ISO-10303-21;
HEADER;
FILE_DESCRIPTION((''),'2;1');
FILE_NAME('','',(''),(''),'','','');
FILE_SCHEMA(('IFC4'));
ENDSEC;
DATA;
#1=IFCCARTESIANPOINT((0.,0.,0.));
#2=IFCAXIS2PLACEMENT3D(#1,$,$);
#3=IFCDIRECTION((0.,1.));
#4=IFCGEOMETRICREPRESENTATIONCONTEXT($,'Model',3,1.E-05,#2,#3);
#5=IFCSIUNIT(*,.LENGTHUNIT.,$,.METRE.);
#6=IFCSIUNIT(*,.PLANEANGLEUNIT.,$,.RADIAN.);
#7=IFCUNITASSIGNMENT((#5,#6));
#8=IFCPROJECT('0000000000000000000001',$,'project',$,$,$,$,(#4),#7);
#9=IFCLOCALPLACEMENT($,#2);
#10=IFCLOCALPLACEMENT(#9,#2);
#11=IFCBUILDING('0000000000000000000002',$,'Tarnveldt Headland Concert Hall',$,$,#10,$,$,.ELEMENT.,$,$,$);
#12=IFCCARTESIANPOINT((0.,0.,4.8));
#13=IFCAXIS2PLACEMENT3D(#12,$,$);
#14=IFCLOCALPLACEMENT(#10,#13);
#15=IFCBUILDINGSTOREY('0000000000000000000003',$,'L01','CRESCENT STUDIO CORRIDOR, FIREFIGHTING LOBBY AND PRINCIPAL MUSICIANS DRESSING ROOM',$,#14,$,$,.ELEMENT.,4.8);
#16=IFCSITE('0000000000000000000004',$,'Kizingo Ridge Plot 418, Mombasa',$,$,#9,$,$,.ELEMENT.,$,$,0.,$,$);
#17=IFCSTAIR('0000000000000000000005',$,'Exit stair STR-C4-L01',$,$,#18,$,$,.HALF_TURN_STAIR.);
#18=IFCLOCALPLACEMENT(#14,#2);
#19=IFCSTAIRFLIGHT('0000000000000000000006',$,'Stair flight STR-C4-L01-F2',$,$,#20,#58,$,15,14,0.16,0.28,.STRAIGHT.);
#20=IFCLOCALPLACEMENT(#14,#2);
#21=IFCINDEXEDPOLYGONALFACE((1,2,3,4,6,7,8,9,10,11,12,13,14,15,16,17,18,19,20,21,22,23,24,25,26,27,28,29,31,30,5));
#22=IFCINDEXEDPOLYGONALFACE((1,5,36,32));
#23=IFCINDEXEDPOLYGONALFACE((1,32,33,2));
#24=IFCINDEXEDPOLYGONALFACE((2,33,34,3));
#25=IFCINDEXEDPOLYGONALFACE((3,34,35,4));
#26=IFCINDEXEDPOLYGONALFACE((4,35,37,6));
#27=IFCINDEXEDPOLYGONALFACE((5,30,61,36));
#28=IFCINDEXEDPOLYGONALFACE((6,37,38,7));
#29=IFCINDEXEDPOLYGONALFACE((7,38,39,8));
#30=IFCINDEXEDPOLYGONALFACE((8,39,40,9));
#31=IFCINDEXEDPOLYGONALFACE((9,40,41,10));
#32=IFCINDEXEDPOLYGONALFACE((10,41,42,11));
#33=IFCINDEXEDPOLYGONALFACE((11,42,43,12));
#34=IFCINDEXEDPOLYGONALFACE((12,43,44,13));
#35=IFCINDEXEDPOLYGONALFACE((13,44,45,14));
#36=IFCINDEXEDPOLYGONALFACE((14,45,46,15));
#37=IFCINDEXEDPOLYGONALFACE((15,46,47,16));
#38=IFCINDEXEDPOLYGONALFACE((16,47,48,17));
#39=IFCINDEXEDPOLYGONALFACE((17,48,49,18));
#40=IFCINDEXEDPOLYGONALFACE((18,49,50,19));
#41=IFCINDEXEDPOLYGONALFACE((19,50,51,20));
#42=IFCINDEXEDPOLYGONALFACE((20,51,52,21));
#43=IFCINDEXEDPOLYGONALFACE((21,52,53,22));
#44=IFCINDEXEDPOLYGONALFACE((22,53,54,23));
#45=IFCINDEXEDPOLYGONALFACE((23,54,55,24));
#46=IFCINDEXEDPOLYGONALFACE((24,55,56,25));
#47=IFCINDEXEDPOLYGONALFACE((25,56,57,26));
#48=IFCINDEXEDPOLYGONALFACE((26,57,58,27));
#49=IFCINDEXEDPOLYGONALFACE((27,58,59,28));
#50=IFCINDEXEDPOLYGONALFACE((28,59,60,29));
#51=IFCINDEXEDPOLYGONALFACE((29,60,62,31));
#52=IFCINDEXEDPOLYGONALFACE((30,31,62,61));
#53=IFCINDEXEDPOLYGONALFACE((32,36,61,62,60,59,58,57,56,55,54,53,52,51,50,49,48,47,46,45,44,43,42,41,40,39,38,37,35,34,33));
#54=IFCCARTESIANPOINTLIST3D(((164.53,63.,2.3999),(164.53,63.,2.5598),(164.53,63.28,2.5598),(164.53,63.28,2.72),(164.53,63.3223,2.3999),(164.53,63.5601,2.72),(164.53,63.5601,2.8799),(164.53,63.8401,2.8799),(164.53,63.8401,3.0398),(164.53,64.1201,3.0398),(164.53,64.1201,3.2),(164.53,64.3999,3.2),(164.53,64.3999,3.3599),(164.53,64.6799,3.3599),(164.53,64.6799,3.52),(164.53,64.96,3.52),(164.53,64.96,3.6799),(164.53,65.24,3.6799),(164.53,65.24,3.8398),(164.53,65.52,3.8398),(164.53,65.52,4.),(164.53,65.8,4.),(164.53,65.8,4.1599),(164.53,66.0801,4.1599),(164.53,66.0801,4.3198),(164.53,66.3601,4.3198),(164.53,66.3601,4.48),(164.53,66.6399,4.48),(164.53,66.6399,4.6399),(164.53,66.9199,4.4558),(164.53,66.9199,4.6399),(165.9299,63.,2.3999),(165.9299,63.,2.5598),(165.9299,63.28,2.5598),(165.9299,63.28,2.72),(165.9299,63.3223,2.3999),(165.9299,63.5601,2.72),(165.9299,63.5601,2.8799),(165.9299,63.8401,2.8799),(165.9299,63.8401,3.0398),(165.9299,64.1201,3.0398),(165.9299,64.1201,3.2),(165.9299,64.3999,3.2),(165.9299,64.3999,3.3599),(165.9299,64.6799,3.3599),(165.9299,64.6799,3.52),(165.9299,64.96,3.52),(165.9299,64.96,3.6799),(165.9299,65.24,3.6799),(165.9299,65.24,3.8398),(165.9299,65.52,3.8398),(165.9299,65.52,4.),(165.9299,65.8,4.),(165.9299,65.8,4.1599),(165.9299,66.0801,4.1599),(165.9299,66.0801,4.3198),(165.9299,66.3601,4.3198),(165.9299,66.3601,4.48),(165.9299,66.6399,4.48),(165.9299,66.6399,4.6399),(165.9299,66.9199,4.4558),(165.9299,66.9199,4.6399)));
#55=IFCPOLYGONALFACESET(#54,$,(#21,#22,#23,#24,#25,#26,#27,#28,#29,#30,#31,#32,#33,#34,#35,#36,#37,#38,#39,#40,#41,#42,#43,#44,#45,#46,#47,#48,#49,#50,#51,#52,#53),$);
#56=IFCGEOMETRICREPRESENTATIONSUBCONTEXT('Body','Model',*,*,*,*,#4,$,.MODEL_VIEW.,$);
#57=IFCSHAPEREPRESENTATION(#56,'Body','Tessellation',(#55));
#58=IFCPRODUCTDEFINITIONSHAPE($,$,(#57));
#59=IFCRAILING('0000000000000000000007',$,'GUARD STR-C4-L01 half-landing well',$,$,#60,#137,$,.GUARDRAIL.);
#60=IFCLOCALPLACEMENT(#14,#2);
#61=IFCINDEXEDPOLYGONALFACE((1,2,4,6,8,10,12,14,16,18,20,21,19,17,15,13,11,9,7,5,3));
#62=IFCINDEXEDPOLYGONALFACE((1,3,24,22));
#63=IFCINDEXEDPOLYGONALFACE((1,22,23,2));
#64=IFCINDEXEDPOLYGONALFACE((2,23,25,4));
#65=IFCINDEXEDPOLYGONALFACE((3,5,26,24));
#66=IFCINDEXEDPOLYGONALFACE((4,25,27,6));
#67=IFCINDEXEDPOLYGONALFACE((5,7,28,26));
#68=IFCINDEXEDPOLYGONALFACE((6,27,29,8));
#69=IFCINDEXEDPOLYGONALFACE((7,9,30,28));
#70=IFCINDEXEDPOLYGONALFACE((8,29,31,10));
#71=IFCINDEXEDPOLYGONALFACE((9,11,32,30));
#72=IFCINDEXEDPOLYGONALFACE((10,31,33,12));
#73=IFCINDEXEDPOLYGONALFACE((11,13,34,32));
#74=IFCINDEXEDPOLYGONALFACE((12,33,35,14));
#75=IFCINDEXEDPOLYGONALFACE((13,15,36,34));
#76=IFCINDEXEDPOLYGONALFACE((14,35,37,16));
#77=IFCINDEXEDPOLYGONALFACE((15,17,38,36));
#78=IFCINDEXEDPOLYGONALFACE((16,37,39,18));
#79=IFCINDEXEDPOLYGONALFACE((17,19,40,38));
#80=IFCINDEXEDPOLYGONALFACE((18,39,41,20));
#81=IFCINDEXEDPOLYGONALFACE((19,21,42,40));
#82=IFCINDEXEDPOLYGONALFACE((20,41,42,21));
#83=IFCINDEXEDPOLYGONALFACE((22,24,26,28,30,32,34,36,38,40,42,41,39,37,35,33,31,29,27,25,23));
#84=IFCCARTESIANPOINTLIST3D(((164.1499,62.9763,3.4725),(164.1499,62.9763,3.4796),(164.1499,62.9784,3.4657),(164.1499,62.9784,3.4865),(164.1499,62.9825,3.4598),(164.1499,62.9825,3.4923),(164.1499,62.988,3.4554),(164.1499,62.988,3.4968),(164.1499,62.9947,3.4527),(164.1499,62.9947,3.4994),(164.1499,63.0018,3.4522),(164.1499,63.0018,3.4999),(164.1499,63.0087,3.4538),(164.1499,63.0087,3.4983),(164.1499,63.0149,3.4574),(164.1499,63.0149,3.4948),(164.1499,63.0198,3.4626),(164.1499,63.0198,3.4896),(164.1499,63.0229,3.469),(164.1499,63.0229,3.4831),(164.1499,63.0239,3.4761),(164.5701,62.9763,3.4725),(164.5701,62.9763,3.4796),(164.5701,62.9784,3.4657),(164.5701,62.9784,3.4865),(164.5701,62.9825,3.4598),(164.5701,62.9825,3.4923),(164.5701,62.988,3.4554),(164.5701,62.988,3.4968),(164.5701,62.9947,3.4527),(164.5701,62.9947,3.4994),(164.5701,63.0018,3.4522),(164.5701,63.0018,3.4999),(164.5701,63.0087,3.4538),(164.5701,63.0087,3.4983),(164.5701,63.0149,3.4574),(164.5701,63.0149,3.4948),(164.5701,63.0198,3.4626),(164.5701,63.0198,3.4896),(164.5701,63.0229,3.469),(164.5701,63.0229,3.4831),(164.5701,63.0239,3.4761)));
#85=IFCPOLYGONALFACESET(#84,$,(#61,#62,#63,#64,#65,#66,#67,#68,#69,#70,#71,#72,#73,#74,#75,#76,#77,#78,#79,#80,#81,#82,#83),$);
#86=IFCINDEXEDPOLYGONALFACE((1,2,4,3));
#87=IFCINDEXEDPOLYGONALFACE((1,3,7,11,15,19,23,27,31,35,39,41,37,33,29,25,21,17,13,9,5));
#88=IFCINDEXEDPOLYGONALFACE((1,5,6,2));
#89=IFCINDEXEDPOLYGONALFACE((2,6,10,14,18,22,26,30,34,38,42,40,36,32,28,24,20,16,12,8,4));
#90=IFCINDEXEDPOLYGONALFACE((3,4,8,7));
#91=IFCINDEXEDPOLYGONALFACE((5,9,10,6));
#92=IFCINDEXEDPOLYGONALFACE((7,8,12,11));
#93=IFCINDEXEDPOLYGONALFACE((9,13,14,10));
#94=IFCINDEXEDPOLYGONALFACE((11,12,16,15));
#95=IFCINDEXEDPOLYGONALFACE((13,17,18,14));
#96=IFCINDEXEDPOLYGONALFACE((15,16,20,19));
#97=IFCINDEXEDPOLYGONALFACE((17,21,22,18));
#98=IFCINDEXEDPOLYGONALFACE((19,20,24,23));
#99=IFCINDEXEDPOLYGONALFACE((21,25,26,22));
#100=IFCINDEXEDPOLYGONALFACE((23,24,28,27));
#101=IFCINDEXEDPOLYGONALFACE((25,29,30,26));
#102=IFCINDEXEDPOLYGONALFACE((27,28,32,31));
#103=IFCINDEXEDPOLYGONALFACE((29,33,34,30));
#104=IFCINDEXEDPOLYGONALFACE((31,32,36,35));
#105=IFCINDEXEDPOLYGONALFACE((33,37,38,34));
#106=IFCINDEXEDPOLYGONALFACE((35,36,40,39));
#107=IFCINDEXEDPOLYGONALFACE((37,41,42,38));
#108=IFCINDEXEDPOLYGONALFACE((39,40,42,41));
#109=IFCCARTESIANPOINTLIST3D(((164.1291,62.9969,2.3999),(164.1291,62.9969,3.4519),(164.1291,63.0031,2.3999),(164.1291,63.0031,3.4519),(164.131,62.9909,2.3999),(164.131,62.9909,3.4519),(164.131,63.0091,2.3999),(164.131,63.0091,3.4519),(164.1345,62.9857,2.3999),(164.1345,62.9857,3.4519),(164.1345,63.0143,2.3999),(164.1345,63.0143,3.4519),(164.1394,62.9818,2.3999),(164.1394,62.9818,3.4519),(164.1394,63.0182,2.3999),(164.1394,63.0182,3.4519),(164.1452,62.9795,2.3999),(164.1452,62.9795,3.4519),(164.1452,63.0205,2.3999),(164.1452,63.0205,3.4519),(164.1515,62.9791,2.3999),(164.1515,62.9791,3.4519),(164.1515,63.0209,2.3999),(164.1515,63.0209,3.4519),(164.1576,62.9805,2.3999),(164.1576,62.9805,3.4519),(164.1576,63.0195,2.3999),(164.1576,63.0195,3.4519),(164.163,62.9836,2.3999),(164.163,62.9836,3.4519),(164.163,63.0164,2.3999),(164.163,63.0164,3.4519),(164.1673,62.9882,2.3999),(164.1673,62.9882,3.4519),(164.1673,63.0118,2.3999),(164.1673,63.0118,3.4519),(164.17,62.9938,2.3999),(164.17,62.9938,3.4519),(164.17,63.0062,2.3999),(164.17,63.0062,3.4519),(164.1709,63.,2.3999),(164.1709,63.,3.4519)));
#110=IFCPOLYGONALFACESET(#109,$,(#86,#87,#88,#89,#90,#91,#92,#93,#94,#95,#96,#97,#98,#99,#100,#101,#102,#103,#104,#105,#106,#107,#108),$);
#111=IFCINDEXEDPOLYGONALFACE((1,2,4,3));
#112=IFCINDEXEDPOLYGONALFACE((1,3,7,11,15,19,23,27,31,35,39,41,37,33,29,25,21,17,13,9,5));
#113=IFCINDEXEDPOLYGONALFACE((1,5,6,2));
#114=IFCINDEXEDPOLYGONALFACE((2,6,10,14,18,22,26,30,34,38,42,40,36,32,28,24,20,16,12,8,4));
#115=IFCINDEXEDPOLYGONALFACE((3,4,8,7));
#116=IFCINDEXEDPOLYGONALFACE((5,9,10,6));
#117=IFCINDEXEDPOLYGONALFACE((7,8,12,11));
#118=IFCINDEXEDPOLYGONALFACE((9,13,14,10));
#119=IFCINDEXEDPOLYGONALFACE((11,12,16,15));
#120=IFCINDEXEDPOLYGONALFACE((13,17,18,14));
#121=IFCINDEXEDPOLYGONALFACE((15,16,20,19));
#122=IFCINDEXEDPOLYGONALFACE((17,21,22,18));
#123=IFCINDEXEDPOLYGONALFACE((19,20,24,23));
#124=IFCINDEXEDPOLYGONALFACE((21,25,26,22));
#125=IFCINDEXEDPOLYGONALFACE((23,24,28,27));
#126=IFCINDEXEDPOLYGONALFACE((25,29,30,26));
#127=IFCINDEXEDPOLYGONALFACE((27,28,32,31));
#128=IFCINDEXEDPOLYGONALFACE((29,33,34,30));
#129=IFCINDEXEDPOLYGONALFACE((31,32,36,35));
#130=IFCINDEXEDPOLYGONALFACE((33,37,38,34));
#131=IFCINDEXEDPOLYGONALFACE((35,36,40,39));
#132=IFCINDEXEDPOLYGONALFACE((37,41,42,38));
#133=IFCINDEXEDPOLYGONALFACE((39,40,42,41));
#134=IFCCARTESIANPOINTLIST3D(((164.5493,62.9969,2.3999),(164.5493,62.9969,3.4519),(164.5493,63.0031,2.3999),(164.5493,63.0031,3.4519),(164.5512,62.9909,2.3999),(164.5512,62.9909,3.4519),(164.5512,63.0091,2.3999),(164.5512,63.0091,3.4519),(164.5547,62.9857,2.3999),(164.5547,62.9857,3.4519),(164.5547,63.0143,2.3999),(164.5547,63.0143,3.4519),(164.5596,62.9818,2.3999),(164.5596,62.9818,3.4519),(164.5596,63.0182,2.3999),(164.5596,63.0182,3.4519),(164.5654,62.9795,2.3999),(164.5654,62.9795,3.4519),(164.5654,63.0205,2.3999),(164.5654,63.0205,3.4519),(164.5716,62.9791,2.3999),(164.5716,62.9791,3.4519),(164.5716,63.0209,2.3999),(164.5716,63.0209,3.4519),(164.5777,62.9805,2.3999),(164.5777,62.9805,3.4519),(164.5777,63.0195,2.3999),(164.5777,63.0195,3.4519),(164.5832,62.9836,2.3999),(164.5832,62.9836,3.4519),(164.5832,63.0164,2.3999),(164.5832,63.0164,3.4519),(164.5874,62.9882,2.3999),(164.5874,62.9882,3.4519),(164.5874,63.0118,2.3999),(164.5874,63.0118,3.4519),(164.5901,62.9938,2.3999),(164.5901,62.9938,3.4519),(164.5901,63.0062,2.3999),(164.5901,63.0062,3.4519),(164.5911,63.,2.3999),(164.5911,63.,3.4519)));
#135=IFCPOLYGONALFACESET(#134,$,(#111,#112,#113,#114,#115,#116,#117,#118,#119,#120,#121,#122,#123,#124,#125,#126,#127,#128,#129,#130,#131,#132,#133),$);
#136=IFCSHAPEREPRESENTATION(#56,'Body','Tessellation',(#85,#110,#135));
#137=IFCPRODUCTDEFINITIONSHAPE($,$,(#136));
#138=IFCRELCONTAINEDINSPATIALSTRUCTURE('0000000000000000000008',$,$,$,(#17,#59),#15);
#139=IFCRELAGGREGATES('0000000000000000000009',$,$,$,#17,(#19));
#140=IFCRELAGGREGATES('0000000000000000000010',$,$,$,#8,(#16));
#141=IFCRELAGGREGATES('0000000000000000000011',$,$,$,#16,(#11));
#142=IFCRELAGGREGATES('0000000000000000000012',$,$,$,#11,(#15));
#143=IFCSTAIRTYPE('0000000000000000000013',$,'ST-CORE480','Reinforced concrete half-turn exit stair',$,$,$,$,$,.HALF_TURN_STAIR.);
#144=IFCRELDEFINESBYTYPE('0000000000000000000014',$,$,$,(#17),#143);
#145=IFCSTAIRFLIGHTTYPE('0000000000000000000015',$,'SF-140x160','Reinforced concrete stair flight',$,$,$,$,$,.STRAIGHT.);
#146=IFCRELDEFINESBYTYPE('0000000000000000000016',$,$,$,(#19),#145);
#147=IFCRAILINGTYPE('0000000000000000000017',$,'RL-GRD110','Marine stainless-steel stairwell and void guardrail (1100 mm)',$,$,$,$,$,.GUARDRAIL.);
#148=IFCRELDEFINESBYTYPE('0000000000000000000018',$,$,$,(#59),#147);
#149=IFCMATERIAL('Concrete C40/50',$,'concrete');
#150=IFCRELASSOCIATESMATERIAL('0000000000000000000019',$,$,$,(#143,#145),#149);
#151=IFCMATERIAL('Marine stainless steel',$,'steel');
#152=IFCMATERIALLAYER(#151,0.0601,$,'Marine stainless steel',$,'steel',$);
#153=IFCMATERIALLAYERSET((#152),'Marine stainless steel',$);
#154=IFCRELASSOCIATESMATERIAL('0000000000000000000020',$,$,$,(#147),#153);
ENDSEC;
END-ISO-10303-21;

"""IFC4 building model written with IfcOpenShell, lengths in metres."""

from ifc_helpers import new_model, si_unit, direction, frame, origin, origin_2d, place, context, subcontext, project, spatial, polyline, circle, outline, extrude, material, layer, layer_set, type_object, element, aggregate, save


model = new_model("IFC4")

# Units and contexts
model_context = context("Model", 3, precision=1e-05, world=origin(), true_north=direction((0.0, 1.0)))
body_context = subcontext(model_context, "Body", "Model", "MODEL_VIEW")
ifc_project = project(units=[si_unit("LENGTHUNIT", "METRE"), si_unit("PLANEANGLEUNIT", "RADIAN")], contexts=[model_context])

# Site, building, storey
site_placement = place(None, origin())
site = spatial("IfcSite", under=ifc_project, at=site_placement, Name="Kizingo Ridge Plot 418, Mombasa", CompositionType="ELEMENT", RefElevation=0.0)
building_placement = place(site_placement, origin())
building = spatial("IfcBuilding", under=site, at=building_placement, Name="Tarnveldt Headland Concert Hall", CompositionType="ELEMENT")
storey_placement = place(building_placement, frame((0.0, 0.0, 4.8)))
storey = spatial("IfcBuildingStorey", under=building, at=storey_placement, Name="L01", Description="CRESCENT STUDIO CORRIDOR, FIREFIGHTING LOBBY AND PRINCIPAL MUSICIANS DRESSING ROOM", CompositionType="ELEMENT", Elevation=4.8)

# Shared definitions
ifc_material_1 = material(Name="Concrete C40/50", Category="concrete")

# Stair, stair flight
stair_type = type_object("IfcStairType", Name="ST-CORE480", Description="Reinforced concrete half-turn exit stair", PredefinedType="HALF_TURN_STAIR", material=ifc_material_1)
stair_placement = place(storey_placement, origin())
stair = element("IfcStair", 1, at=stair_placement, inside=storey, type_object=stair_type, Name="Exit stair STR-C4-L01", PredefinedType="HALF_TURN_STAIR")
stair_flight_type = type_object("IfcStairFlightType", Name="SF-140x160", Description="Reinforced concrete stair flight", PredefinedType="STRAIGHT", material=ifc_material_1)
stair_flight_1_placement = place(storey_placement, frame((165.23, 63.0, 2.3999), z_axis=(0.0, 0.0, 1.0), x_axis=(0.0, 1.0, 0.0)))
stair_flight_1 = element("IfcStairFlight", 2, at=stair_flight_1_placement, type_object=stair_flight_type, Name="Stair flight STR-C4-L01-F2", NumberOfRisers=15, NumberOfTreads=14, PredefinedType="STRAIGHT", RiserHeight=0.16, TreadLength=0.28, context=body_context, shape_type="SweptSolid", body=[
    extrude(outline(polyline([(0.0, 0.0), (0.0, 0.1599), (0.28, 0.1599), (0.28, 0.3201), (0.5601, 0.3201), (0.5601, 0.48), (0.8401, 0.48), (0.8401, 0.6399), (1.1201, 0.6399), (1.1201, 0.8), (1.3999, 0.8), (1.3999, 0.96), (1.6799, 0.96), (1.6799, 1.1201), (1.96, 1.1201), (1.96, 1.28), (2.24, 1.28), (2.24, 1.4399), (2.52, 1.4399), (2.52, 1.6001), (2.8, 1.6001), (2.8, 1.76), (3.0801, 1.76), (3.0801, 1.9199), (3.3601, 1.9199), (3.3601, 2.0801), (3.6399, 2.0801), (3.6399, 2.24), (3.9199, 2.24), (3.9199, 2.3999), (3.9199, 2.0559), (0.3223, 0.0), (0.0, 0.0)])), frame((0.0, 0.7, 0.0), z_axis=(0.0, -1.0, 0.0), x_axis=(1.0, 0.0, 0.0)), (0.0, 0.0, 1.0), 1.3999),
])
aggregate(stair, [stair_flight_1])

# Railing
ifc_material_2 = material(Name="Marine stainless steel", Category="steel")
ifc_layer_1 = layer(ifc_material_2, 0.0601, Name="Marine stainless steel", Category="steel")
ifc_layer_set_1 = layer_set([ifc_layer_1], Name="Marine stainless steel")
railing_type_1 = type_object("IfcRailingType", Name="RL-GRD110", Description="Marine stainless-steel stairwell and void guardrail (1100 mm)", PredefinedType="GUARDRAIL", material=ifc_layer_set_1)
railing_1_placement = place(storey_placement, frame((164.1499, 63.0, 2.3999)))
element("IfcRailing", 3, at=railing_1_placement, inside=storey, type_object=railing_type_1, Name="GUARD STR-C4-L01 half-landing well", PredefinedType="GUARDRAIL", context=body_context, shape_type="SweptSolid", body=[
    extrude(circle(Radius=0.0239, at=origin_2d()), frame((0.0, 0.0, 1.0762), z_axis=(1.0, 0.0, 0.0), x_axis=(0.0, 1.0, 0.0)), (0.0, 0.0, 1.0), 0.4202),
    extrude(circle(Radius=0.021, at=origin_2d()), origin(), (0.0, 0.0, 1.0), 1.052),
    extrude(circle(Radius=0.021, at=origin_2d()), frame((0.4202, 0.0, 0.0)), (0.0, 0.0, 1.0), 1.052),
])

save(model, "model.ifc")
